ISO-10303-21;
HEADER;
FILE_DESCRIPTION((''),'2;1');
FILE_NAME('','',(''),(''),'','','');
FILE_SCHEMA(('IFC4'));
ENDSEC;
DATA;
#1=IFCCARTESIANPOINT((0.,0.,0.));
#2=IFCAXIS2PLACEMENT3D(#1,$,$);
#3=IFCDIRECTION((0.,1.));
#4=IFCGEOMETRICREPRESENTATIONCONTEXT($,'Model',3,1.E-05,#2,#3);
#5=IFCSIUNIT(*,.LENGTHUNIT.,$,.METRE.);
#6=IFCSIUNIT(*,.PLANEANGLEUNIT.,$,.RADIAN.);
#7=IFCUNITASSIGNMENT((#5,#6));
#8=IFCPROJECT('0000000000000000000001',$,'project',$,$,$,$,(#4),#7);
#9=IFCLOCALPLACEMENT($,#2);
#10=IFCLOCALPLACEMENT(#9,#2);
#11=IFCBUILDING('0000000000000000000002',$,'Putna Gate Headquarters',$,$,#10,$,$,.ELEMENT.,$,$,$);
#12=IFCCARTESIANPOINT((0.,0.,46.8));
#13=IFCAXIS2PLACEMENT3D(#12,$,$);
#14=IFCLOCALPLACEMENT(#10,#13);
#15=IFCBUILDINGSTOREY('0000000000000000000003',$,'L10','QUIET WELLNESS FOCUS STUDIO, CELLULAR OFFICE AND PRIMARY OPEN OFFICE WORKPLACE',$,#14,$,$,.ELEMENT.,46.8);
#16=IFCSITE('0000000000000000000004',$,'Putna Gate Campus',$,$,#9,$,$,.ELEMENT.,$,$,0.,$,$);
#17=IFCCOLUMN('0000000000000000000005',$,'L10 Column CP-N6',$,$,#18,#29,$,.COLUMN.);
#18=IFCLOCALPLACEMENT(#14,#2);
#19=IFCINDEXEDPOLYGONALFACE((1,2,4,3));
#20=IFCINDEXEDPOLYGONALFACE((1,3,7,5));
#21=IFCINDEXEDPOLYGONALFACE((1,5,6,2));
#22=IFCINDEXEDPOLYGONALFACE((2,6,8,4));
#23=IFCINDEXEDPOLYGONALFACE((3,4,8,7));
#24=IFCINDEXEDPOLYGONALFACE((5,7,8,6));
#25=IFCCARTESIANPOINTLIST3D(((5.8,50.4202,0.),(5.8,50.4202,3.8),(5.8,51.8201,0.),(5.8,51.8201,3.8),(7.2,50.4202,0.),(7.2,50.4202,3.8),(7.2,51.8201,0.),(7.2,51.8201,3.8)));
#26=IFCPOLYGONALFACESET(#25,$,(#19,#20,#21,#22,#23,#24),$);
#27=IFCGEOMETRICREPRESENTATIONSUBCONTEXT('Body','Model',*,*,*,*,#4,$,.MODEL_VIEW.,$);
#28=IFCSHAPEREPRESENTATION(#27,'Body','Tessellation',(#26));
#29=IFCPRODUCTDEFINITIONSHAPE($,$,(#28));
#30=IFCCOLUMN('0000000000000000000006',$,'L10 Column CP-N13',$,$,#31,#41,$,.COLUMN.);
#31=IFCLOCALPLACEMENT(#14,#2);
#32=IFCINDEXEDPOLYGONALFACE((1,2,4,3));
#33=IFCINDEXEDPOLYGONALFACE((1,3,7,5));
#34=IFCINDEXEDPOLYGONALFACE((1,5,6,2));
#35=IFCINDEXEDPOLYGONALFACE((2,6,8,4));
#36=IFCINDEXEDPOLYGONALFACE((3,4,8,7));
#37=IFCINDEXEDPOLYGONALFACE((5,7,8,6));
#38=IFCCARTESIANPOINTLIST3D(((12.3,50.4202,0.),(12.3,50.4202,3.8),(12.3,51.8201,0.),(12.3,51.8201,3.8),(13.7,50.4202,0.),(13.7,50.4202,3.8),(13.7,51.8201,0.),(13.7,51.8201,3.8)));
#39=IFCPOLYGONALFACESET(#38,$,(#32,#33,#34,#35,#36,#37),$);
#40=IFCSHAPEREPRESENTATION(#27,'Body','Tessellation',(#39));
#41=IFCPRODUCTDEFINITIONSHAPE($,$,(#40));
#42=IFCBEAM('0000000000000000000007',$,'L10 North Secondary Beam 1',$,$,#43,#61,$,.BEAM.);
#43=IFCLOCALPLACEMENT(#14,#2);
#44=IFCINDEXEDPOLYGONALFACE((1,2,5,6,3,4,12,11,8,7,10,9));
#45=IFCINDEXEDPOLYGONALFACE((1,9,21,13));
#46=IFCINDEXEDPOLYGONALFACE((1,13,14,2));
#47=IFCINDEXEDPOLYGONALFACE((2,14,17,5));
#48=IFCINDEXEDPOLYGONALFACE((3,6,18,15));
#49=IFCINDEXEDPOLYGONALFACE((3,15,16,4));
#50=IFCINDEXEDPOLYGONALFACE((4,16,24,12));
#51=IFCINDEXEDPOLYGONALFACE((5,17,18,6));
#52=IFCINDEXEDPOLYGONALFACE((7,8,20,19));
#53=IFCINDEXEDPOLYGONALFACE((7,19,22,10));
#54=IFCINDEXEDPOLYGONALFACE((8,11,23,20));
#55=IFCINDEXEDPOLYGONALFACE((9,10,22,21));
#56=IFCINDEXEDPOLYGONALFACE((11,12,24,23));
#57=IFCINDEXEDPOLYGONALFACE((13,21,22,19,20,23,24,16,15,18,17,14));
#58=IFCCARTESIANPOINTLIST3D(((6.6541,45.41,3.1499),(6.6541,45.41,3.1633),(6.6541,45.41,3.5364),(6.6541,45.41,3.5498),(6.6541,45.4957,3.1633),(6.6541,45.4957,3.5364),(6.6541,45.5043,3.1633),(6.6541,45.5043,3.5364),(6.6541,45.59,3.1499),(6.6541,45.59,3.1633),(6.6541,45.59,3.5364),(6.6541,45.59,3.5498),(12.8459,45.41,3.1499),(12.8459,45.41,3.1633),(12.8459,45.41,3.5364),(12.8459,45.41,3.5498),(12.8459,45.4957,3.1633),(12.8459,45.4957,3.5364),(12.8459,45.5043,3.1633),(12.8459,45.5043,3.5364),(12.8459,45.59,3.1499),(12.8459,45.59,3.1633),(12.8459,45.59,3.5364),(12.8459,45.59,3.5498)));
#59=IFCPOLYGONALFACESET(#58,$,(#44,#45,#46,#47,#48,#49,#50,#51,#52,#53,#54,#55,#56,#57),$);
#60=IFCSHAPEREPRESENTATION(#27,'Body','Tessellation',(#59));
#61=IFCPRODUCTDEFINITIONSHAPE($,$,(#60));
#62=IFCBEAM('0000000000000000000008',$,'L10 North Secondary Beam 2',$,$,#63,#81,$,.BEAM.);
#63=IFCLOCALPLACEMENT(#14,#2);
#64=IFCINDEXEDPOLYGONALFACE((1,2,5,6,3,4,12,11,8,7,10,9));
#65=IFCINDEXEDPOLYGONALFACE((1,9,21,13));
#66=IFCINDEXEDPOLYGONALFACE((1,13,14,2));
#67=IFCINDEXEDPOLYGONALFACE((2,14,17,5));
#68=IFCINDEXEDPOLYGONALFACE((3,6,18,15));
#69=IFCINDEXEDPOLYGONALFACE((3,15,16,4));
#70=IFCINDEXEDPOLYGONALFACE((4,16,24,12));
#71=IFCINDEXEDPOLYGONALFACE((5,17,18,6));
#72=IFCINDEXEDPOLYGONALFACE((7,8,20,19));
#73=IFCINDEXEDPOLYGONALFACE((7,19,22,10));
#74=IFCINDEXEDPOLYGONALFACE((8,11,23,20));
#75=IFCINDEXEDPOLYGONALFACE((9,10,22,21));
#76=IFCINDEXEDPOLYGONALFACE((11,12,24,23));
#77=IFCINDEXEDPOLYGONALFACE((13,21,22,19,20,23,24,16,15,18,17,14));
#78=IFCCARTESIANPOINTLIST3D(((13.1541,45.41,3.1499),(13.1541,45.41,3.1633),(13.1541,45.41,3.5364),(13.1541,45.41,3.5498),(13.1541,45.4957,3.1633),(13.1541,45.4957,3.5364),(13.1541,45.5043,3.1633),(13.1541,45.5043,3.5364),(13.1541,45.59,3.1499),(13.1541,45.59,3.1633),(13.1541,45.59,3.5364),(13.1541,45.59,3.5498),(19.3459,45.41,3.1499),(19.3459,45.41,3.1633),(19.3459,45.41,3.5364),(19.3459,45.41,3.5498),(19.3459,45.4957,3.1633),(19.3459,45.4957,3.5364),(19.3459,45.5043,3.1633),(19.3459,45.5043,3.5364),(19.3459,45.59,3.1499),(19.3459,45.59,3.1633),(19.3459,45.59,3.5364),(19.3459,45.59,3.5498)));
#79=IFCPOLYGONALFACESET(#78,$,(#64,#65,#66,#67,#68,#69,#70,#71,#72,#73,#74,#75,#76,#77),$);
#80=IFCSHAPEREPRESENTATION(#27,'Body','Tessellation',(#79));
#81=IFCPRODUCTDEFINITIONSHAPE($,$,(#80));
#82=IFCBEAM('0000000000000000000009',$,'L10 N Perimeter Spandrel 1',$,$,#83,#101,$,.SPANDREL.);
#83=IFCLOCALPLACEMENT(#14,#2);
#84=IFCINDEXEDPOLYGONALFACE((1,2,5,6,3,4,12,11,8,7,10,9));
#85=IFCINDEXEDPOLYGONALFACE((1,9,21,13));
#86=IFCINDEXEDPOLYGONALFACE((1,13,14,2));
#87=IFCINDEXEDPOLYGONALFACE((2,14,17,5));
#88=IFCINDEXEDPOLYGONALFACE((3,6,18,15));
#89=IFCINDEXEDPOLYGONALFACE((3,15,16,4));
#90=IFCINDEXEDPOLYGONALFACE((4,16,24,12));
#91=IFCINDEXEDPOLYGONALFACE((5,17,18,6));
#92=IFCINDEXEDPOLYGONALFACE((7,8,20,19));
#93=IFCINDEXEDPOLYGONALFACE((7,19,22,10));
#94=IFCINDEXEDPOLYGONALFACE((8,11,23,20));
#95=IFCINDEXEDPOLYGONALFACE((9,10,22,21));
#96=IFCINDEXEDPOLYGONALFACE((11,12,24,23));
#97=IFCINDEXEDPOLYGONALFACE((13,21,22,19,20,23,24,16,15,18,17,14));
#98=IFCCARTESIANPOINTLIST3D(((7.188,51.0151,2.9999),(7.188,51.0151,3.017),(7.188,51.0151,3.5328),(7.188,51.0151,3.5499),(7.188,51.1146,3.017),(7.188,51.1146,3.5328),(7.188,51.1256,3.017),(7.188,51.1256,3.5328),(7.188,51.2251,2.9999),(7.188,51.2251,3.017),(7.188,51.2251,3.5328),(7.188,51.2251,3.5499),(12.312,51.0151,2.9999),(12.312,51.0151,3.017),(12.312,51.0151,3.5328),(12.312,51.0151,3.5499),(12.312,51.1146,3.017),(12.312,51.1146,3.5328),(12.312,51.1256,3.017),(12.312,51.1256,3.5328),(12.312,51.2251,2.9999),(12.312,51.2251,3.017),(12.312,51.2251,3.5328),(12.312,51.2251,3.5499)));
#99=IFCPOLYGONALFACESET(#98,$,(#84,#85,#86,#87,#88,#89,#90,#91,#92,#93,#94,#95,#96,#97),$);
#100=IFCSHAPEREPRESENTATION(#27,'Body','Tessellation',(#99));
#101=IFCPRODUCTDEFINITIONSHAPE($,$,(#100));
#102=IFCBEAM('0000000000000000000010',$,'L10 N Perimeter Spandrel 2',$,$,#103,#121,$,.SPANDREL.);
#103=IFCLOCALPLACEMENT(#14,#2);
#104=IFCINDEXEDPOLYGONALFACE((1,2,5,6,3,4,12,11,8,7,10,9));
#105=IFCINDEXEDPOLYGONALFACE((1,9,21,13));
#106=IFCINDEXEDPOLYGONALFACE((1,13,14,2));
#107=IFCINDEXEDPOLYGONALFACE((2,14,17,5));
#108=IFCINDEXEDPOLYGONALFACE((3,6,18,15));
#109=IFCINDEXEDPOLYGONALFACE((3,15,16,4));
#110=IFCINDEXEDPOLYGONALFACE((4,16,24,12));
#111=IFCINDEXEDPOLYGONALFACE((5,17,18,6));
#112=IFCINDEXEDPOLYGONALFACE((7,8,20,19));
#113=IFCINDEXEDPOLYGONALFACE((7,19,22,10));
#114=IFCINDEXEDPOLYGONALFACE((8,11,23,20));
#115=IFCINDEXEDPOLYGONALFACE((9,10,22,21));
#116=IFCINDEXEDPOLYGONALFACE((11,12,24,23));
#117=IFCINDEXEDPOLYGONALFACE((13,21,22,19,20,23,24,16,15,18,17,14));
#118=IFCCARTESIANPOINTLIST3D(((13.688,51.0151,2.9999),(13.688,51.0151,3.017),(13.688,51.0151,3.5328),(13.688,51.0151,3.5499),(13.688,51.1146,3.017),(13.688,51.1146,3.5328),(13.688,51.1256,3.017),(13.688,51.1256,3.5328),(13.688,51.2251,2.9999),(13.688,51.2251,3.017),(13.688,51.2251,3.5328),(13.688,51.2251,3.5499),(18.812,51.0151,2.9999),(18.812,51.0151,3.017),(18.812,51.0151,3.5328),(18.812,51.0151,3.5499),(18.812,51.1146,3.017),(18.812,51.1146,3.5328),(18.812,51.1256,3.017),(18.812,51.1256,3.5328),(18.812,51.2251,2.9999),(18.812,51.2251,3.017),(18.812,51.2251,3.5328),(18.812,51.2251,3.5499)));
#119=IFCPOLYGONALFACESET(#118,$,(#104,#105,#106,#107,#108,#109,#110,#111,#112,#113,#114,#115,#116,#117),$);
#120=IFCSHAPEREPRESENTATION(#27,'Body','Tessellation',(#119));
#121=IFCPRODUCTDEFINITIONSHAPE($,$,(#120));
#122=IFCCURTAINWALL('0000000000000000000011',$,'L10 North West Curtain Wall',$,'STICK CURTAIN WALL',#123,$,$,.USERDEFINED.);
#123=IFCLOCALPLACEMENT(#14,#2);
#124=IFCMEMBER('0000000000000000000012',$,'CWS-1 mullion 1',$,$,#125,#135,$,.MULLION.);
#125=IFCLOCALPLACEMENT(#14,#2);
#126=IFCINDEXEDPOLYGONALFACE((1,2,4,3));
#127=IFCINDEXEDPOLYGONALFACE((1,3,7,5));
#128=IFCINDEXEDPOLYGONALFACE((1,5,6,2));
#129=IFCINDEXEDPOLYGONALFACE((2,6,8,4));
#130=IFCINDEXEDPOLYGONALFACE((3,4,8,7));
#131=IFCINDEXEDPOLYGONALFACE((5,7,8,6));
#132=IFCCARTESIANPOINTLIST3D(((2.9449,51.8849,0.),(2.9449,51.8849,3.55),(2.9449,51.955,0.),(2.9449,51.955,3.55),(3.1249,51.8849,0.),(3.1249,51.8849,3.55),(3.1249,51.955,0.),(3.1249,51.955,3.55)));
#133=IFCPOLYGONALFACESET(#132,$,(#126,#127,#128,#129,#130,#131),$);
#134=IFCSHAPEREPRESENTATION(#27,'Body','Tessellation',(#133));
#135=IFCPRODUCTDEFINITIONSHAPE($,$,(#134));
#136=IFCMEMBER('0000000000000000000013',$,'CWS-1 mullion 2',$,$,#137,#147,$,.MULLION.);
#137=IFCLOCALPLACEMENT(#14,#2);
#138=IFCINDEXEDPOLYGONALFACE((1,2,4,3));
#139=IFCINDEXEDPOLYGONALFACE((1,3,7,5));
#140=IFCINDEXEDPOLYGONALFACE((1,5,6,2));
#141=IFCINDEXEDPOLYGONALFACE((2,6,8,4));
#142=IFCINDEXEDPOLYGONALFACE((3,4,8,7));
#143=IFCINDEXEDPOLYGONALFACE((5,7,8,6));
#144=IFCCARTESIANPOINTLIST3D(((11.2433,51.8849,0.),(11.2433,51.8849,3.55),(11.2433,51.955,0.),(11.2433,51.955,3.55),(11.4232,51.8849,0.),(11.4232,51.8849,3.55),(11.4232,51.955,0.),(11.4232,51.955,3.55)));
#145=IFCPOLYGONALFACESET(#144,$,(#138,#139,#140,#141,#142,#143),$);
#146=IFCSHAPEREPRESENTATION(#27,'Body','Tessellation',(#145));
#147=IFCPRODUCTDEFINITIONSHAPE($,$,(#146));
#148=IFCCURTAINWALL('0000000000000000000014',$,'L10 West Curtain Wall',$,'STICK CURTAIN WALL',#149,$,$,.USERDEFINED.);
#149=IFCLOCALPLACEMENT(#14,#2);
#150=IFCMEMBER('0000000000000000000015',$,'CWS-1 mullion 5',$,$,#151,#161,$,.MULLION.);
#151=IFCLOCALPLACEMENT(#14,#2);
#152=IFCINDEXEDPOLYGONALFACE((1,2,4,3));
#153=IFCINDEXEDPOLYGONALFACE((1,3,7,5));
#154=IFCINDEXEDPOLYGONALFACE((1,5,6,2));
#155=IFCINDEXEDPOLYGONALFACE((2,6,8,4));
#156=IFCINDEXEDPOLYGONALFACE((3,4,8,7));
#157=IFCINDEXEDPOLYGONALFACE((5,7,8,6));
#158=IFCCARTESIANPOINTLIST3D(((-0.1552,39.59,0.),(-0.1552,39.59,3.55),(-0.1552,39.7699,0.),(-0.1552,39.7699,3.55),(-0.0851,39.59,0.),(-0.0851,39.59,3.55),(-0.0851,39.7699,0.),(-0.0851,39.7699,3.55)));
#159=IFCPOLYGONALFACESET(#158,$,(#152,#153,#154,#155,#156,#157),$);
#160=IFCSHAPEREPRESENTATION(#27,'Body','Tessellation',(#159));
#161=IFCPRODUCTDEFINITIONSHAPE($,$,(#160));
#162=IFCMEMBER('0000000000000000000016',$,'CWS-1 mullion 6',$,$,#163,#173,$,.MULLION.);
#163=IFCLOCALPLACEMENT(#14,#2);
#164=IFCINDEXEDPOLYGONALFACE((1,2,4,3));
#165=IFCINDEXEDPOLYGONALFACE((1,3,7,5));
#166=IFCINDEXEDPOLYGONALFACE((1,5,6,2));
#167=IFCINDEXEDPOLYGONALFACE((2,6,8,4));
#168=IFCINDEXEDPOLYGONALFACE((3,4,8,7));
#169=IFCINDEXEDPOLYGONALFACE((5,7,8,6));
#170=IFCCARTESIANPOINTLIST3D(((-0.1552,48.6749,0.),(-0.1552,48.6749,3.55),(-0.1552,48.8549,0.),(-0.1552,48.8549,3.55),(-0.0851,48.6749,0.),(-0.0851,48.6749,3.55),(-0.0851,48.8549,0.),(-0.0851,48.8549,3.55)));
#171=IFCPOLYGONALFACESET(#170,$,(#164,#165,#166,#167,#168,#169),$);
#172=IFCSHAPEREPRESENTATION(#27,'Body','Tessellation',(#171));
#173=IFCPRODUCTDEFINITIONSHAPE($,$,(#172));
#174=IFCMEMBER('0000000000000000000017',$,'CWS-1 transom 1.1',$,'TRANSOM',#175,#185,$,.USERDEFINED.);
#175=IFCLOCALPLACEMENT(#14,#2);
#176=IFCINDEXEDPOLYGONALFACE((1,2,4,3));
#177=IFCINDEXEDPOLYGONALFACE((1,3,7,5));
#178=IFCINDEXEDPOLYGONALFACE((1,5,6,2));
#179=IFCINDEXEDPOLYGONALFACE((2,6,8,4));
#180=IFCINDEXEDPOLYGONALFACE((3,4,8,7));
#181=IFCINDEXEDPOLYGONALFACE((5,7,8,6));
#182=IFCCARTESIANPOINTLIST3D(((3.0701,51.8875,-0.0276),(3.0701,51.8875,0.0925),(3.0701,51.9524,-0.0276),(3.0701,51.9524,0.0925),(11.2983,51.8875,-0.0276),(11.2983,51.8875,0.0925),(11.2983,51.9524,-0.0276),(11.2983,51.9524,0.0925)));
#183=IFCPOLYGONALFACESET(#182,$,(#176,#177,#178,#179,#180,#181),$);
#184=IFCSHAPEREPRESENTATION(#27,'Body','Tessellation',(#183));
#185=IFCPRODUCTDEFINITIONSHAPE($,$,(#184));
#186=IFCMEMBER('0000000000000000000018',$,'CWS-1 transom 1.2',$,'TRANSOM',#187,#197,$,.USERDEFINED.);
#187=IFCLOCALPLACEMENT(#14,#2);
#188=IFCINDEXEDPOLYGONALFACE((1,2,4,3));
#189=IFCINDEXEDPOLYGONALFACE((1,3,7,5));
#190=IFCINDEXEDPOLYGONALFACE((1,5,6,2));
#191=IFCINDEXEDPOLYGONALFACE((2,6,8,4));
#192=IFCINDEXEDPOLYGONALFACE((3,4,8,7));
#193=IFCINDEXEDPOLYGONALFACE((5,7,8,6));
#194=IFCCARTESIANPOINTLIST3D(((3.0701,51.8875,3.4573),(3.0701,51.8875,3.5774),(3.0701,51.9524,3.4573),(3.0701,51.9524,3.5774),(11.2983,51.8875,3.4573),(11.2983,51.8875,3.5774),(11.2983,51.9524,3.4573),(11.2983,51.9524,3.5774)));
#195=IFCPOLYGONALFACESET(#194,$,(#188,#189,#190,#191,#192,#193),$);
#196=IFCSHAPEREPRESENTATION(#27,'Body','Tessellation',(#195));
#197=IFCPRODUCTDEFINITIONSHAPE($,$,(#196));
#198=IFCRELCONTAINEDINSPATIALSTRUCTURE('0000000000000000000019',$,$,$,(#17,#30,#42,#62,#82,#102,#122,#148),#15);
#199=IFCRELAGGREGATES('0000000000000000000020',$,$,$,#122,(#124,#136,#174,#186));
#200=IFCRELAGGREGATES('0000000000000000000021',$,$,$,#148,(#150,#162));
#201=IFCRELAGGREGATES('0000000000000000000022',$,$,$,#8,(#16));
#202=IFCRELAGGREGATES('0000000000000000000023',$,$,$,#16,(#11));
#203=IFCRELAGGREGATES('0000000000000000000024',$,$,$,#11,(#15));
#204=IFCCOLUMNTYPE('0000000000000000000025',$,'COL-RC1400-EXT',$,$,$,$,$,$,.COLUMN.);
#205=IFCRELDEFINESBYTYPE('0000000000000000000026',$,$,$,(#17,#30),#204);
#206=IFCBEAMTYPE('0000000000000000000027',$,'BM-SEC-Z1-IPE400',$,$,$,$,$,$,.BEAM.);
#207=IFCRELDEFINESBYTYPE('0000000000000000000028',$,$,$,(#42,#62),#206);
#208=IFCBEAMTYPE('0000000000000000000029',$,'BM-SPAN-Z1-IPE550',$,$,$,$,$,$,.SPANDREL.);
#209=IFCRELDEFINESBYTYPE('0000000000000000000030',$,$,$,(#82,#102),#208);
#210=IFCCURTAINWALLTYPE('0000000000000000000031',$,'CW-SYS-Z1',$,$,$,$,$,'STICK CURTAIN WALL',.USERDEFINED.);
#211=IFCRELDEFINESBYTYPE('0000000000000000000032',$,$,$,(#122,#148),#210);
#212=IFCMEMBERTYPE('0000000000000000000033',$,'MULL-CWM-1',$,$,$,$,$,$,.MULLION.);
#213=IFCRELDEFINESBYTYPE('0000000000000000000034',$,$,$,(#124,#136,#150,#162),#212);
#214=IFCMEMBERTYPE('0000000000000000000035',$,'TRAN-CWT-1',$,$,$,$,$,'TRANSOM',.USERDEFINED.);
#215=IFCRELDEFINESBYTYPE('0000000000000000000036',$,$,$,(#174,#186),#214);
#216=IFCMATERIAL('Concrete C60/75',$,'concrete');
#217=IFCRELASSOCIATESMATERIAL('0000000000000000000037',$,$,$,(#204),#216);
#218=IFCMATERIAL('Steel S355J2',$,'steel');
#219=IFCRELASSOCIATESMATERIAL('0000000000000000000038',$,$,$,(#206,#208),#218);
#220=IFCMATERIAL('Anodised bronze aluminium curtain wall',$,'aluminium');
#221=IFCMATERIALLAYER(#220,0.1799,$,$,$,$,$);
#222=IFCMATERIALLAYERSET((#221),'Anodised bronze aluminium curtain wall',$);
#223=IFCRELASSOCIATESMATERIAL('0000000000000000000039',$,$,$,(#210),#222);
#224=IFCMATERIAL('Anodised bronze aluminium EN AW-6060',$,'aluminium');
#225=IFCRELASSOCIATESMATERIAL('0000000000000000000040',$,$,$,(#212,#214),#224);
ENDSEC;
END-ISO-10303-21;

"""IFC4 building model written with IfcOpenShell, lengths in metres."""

from ifc_helpers import new_model, si_unit, direction, frame, origin, origin_2d, place, context, subcontext, project, spatial, rectangle, i_section, extrude, material, layer, layer_set, material_profile, profile_set, type_object, element, aggregate, save


model = new_model("IFC4")

# Units and contexts
model_context = context("Model", 3, precision=1e-05, world=origin(), true_north=direction((0.0, 1.0)))
body_context = subcontext(model_context, "Body", "Model", "MODEL_VIEW")
ifc_project = project(units=[si_unit("LENGTHUNIT", "METRE"), si_unit("PLANEANGLEUNIT", "RADIAN")], contexts=[model_context])

# Site, building, storey
site_placement = place(None, origin())
site = spatial("IfcSite", under=ifc_project, at=site_placement, Name="Putna Gate Campus", CompositionType="ELEMENT", RefElevation=0.0)
building_placement = place(site_placement, origin())
building = spatial("IfcBuilding", under=site, at=building_placement, Name="Putna Gate Headquarters", CompositionType="ELEMENT")
storey_placement = place(building_placement, frame((0.0, 0.0, 46.8)))
storey = spatial("IfcBuildingStorey", under=building, at=storey_placement, Name="L10", Description="QUIET WELLNESS FOCUS STUDIO, CELLULAR OFFICE AND PRIMARY OPEN OFFICE WORKPLACE", CompositionType="ELEMENT", Elevation=46.8)

# Columns
ifc_material_1 = material(Name="Concrete C60/75", Category="concrete")
ifc_material_profile_1 = material_profile(ifc_material_1, rectangle(XDim=1.3999, YDim=1.3999, at=origin_2d()), Name="Concrete C60/75")
ifc_profile_set_1 = profile_set([ifc_material_profile_1], Name="Concrete C60/75")
column_type = type_object("IfcColumnType", Name="COL-RC1400-EXT", PredefinedType="COLUMN", material=ifc_profile_set_1)
for number, where, z_axis, x_axis, name in (
    (1, (6.5, 51.1201, 0.0), (0.0, 0.0, 1.0), (1.0, 0.0, 0.0), "L10 Column CP-N6"),
    (2, (13.0, 51.1201, 0.0), (0.0, 0.0, 1.0), (1.0, 0.0, 0.0), "L10 Column CP-N13"),
):
    element("IfcColumn", number, at=place(storey_placement, frame(where, z_axis=z_axis, x_axis=x_axis)), inside=storey, type_object=column_type, Name=name, PredefinedType="COLUMN", context=body_context, shape_type="SweptSolid", body=[
        extrude(rectangle(XDim=1.3999, YDim=1.3999, at=origin_2d()), origin(), (0.0, 0.0, 1.0), 3.8),
    ])

# Beams
ifc_material_2 = material(Name="Steel S355J2", Category="steel")
ifc_material_profile_2 = material_profile(ifc_material_2, i_section(OverallWidth=0.1799, OverallDepth=0.3999, WebThickness=0.0085, FlangeThickness=0.0134, at=origin_2d()), Name="Steel S355J2")
ifc_profile_set_2 = profile_set([ifc_material_profile_2], Name="Steel S355J2")
beam_type_1 = type_object("IfcBeamType", Name="BM-SEC-Z1-IPE400", PredefinedType="BEAM", material=ifc_profile_set_2)
for number, where, z_axis, x_axis, name in (
    (3, (6.6541, 45.5, 3.3499), (1.0, 0.0, 0.0), (0.0, 1.0, 0.0), "L10 North Secondary Beam 1"),
    (4, (13.1541, 45.5, 3.3499), (1.0, 0.0, 0.0), (0.0, 1.0, 0.0), "L10 North Secondary Beam 2"),
):
    element("IfcBeam", number, at=place(storey_placement, frame(where, z_axis=z_axis, x_axis=x_axis)), inside=storey, type_object=beam_type_1, Name=name, PredefinedType="BEAM", context=body_context, shape_type="SweptSolid", body=[
        extrude(i_section(OverallWidth=0.1799, OverallDepth=0.3999, WebThickness=0.0085, FlangeThickness=0.0134, at=origin_2d()), origin(), (0.0, 0.0, 1.0), 6.1919),
    ])
ifc_material_profile_3 = material_profile(ifc_material_2, i_section(OverallWidth=0.21, OverallDepth=0.55, WebThickness=0.011, FlangeThickness=0.0171, at=origin_2d()), Name="Steel S355J2")
ifc_profile_set_3 = profile_set([ifc_material_profile_3], Name="Steel S355J2")
beam_type_2 = type_object("IfcBeamType", Name="BM-SPAN-Z1-IPE550", PredefinedType="SPANDREL", material=ifc_profile_set_3)
for number, where, z_axis, x_axis, name in (
    (5, (7.188, 51.1201, 3.2749), (1.0, 0.0, 0.0), (0.0, 1.0, 0.0), "L10 N Perimeter Spandrel 1"),
    (6, (13.688, 51.1201, 3.2749), (1.0, 0.0, 0.0), (0.0, 1.0, 0.0), "L10 N Perimeter Spandrel 2"),
):
    element("IfcBeam", number, at=place(storey_placement, frame(where, z_axis=z_axis, x_axis=x_axis)), inside=storey, type_object=beam_type_2, Name=name, PredefinedType="SPANDREL", context=body_context, shape_type="SweptSolid", body=[
        extrude(i_section(OverallWidth=0.21, OverallDepth=0.55, WebThickness=0.011, FlangeThickness=0.0171, at=origin_2d()), origin(), (0.0, 0.0, 1.0), 5.124),
    ])

# Curtain walls, members
ifc_material_3 = material(Name="Anodised bronze aluminium curtain wall", Category="aluminium")
ifc_layer_1 = layer(ifc_material_3, 0.1799)
ifc_layer_set_1 = layer_set([ifc_layer_1], Name="Anodised bronze aluminium curtain wall")
curtain_wall_type = type_object("IfcCurtainWallType", Name="CW-SYS-Z1", ElementType="STICK CURTAIN WALL", PredefinedType="USERDEFINED", material=ifc_layer_set_1)
curtain_wall_1_placement = place(storey_placement, origin())
curtain_wall_1 = element("IfcCurtainWall", 7, at=curtain_wall_1_placement, inside=storey, type_object=curtain_wall_type, Name="L10 North West Curtain Wall", ObjectType="STICK CURTAIN WALL", PredefinedType="USERDEFINED")
ifc_material_4 = material(Name="Anodised bronze aluminium EN AW-6060", Category="aluminium")
ifc_material_profile_4 = material_profile(ifc_material_4, rectangle(XDim=0.0701, YDim=0.1799, at=origin_2d()), Name="Anodised bronze aluminium EN AW-6060")
ifc_profile_set_4 = profile_set([ifc_material_profile_4], Name="Anodised bronze aluminium EN AW-6060")
member_type_1 = type_object("IfcMemberType", Name="MULL-CWM-1", PredefinedType="MULLION", material=ifc_profile_set_4)
member_1_placement = place(storey_placement, frame((3.0349, 51.9199, 0.0), z_axis=(0.0, 0.0, 1.0), x_axis=(0.0, 1.0, 0.0)))
member_1 = element("IfcMember", 8, at=member_1_placement, type_object=member_type_1, Name="CWS-1 mullion 1", PredefinedType="MULLION", context=body_context, shape_type="SweptSolid", body=[
    extrude(rectangle(XDim=0.0701, YDim=0.1799, at=origin_2d()), origin(), (0.0, 0.0, 1.0), 3.55),
])
member_2_placement = place(storey_placement, frame((11.3333, 51.9199, 0.0), z_axis=(0.0, 0.0, 1.0), x_axis=(0.0, 1.0, 0.0)))
member_2 = element("IfcMember", 9, at=member_2_placement, type_object=member_type_1, Name="CWS-1 mullion 2", PredefinedType="MULLION", context=body_context, shape_type="SweptSolid", body=[
    extrude(rectangle(XDim=0.0701, YDim=0.1799, at=origin_2d()), origin(), (0.0, 0.0, 1.0), 3.55),
])
curtain_wall_2_placement = place(storey_placement, origin())
curtain_wall_2 = element("IfcCurtainWall", 10, at=curtain_wall_2_placement, inside=storey, type_object=curtain_wall_type, Name="L10 West Curtain Wall", ObjectType="STICK CURTAIN WALL", PredefinedType="USERDEFINED")
member_3_placement = place(storey_placement, frame((-0.1201, 39.6799, 0.0), z_axis=(0.0, 0.0, 1.0), x_axis=(-1.0, 0.0, 0.0)))
member_3 = element("IfcMember", 11, at=member_3_placement, type_object=member_type_1, Name="CWS-1 mullion 5", PredefinedType="MULLION", context=body_context, shape_type="SweptSolid", body=[
    extrude(rectangle(XDim=0.0701, YDim=0.1799, at=origin_2d()), origin(), (0.0, 0.0, 1.0), 3.55),
])
member_4_placement = place(storey_placement, frame((-0.1201, 48.7649, 0.0), z_axis=(0.0, 0.0, 1.0), x_axis=(-1.0, 0.0, 0.0)))
member_4 = element("IfcMember", 12, at=member_4_placement, type_object=member_type_1, Name="CWS-1 mullion 6", PredefinedType="MULLION", context=body_context, shape_type="SweptSolid", body=[
    extrude(rectangle(XDim=0.0701, YDim=0.1799, at=origin_2d()), origin(), (0.0, 0.0, 1.0), 3.55),
])

# Members
ifc_material_profile_5 = material_profile(ifc_material_4, rectangle(XDim=0.0649, YDim=0.1201, at=origin_2d()), Name="Anodised bronze aluminium EN AW-6060")
ifc_profile_set_5 = profile_set([ifc_material_profile_5], Name="Anodised bronze aluminium EN AW-6060")
member_type_2 = type_object("IfcMemberType", Name="TRAN-CWT-1", ElementType="TRANSOM", PredefinedType="USERDEFINED", material=ifc_profile_set_5)
member_5_placement = place(storey_placement, frame((3.0701, 51.9199, 0.0325), z_axis=(1.0, 0.0, 0.0), x_axis=(0.0, 1.0, 0.0)))
member_5 = element("IfcMember", 13, at=member_5_placement, type_object=member_type_2, Name="CWS-1 transom 1.1", ObjectType="TRANSOM", PredefinedType="USERDEFINED", context=body_context, shape_type="SweptSolid", body=[
    extrude(rectangle(XDim=0.0649, YDim=0.1201, at=origin_2d()), origin(), (0.0, 0.0, 1.0), 8.2283),
])
member_6_placement = place(storey_placement, frame((3.0701, 51.9199, 3.5173), z_axis=(1.0, 0.0, 0.0), x_axis=(0.0, 1.0, 0.0)))
member_6 = element("IfcMember", 14, at=member_6_placement, type_object=member_type_2, Name="CWS-1 transom 1.2", ObjectType="TRANSOM", PredefinedType="USERDEFINED", context=body_context, shape_type="SweptSolid", body=[
    extrude(rectangle(XDim=0.0649, YDim=0.1201, at=origin_2d()), origin(), (0.0, 0.0, 1.0), 8.2283),
])

aggregate(curtain_wall_1, [member_1, member_2, member_5, member_6])
aggregate(curtain_wall_2, [member_3, member_4])

save(model, "model.ifc")
